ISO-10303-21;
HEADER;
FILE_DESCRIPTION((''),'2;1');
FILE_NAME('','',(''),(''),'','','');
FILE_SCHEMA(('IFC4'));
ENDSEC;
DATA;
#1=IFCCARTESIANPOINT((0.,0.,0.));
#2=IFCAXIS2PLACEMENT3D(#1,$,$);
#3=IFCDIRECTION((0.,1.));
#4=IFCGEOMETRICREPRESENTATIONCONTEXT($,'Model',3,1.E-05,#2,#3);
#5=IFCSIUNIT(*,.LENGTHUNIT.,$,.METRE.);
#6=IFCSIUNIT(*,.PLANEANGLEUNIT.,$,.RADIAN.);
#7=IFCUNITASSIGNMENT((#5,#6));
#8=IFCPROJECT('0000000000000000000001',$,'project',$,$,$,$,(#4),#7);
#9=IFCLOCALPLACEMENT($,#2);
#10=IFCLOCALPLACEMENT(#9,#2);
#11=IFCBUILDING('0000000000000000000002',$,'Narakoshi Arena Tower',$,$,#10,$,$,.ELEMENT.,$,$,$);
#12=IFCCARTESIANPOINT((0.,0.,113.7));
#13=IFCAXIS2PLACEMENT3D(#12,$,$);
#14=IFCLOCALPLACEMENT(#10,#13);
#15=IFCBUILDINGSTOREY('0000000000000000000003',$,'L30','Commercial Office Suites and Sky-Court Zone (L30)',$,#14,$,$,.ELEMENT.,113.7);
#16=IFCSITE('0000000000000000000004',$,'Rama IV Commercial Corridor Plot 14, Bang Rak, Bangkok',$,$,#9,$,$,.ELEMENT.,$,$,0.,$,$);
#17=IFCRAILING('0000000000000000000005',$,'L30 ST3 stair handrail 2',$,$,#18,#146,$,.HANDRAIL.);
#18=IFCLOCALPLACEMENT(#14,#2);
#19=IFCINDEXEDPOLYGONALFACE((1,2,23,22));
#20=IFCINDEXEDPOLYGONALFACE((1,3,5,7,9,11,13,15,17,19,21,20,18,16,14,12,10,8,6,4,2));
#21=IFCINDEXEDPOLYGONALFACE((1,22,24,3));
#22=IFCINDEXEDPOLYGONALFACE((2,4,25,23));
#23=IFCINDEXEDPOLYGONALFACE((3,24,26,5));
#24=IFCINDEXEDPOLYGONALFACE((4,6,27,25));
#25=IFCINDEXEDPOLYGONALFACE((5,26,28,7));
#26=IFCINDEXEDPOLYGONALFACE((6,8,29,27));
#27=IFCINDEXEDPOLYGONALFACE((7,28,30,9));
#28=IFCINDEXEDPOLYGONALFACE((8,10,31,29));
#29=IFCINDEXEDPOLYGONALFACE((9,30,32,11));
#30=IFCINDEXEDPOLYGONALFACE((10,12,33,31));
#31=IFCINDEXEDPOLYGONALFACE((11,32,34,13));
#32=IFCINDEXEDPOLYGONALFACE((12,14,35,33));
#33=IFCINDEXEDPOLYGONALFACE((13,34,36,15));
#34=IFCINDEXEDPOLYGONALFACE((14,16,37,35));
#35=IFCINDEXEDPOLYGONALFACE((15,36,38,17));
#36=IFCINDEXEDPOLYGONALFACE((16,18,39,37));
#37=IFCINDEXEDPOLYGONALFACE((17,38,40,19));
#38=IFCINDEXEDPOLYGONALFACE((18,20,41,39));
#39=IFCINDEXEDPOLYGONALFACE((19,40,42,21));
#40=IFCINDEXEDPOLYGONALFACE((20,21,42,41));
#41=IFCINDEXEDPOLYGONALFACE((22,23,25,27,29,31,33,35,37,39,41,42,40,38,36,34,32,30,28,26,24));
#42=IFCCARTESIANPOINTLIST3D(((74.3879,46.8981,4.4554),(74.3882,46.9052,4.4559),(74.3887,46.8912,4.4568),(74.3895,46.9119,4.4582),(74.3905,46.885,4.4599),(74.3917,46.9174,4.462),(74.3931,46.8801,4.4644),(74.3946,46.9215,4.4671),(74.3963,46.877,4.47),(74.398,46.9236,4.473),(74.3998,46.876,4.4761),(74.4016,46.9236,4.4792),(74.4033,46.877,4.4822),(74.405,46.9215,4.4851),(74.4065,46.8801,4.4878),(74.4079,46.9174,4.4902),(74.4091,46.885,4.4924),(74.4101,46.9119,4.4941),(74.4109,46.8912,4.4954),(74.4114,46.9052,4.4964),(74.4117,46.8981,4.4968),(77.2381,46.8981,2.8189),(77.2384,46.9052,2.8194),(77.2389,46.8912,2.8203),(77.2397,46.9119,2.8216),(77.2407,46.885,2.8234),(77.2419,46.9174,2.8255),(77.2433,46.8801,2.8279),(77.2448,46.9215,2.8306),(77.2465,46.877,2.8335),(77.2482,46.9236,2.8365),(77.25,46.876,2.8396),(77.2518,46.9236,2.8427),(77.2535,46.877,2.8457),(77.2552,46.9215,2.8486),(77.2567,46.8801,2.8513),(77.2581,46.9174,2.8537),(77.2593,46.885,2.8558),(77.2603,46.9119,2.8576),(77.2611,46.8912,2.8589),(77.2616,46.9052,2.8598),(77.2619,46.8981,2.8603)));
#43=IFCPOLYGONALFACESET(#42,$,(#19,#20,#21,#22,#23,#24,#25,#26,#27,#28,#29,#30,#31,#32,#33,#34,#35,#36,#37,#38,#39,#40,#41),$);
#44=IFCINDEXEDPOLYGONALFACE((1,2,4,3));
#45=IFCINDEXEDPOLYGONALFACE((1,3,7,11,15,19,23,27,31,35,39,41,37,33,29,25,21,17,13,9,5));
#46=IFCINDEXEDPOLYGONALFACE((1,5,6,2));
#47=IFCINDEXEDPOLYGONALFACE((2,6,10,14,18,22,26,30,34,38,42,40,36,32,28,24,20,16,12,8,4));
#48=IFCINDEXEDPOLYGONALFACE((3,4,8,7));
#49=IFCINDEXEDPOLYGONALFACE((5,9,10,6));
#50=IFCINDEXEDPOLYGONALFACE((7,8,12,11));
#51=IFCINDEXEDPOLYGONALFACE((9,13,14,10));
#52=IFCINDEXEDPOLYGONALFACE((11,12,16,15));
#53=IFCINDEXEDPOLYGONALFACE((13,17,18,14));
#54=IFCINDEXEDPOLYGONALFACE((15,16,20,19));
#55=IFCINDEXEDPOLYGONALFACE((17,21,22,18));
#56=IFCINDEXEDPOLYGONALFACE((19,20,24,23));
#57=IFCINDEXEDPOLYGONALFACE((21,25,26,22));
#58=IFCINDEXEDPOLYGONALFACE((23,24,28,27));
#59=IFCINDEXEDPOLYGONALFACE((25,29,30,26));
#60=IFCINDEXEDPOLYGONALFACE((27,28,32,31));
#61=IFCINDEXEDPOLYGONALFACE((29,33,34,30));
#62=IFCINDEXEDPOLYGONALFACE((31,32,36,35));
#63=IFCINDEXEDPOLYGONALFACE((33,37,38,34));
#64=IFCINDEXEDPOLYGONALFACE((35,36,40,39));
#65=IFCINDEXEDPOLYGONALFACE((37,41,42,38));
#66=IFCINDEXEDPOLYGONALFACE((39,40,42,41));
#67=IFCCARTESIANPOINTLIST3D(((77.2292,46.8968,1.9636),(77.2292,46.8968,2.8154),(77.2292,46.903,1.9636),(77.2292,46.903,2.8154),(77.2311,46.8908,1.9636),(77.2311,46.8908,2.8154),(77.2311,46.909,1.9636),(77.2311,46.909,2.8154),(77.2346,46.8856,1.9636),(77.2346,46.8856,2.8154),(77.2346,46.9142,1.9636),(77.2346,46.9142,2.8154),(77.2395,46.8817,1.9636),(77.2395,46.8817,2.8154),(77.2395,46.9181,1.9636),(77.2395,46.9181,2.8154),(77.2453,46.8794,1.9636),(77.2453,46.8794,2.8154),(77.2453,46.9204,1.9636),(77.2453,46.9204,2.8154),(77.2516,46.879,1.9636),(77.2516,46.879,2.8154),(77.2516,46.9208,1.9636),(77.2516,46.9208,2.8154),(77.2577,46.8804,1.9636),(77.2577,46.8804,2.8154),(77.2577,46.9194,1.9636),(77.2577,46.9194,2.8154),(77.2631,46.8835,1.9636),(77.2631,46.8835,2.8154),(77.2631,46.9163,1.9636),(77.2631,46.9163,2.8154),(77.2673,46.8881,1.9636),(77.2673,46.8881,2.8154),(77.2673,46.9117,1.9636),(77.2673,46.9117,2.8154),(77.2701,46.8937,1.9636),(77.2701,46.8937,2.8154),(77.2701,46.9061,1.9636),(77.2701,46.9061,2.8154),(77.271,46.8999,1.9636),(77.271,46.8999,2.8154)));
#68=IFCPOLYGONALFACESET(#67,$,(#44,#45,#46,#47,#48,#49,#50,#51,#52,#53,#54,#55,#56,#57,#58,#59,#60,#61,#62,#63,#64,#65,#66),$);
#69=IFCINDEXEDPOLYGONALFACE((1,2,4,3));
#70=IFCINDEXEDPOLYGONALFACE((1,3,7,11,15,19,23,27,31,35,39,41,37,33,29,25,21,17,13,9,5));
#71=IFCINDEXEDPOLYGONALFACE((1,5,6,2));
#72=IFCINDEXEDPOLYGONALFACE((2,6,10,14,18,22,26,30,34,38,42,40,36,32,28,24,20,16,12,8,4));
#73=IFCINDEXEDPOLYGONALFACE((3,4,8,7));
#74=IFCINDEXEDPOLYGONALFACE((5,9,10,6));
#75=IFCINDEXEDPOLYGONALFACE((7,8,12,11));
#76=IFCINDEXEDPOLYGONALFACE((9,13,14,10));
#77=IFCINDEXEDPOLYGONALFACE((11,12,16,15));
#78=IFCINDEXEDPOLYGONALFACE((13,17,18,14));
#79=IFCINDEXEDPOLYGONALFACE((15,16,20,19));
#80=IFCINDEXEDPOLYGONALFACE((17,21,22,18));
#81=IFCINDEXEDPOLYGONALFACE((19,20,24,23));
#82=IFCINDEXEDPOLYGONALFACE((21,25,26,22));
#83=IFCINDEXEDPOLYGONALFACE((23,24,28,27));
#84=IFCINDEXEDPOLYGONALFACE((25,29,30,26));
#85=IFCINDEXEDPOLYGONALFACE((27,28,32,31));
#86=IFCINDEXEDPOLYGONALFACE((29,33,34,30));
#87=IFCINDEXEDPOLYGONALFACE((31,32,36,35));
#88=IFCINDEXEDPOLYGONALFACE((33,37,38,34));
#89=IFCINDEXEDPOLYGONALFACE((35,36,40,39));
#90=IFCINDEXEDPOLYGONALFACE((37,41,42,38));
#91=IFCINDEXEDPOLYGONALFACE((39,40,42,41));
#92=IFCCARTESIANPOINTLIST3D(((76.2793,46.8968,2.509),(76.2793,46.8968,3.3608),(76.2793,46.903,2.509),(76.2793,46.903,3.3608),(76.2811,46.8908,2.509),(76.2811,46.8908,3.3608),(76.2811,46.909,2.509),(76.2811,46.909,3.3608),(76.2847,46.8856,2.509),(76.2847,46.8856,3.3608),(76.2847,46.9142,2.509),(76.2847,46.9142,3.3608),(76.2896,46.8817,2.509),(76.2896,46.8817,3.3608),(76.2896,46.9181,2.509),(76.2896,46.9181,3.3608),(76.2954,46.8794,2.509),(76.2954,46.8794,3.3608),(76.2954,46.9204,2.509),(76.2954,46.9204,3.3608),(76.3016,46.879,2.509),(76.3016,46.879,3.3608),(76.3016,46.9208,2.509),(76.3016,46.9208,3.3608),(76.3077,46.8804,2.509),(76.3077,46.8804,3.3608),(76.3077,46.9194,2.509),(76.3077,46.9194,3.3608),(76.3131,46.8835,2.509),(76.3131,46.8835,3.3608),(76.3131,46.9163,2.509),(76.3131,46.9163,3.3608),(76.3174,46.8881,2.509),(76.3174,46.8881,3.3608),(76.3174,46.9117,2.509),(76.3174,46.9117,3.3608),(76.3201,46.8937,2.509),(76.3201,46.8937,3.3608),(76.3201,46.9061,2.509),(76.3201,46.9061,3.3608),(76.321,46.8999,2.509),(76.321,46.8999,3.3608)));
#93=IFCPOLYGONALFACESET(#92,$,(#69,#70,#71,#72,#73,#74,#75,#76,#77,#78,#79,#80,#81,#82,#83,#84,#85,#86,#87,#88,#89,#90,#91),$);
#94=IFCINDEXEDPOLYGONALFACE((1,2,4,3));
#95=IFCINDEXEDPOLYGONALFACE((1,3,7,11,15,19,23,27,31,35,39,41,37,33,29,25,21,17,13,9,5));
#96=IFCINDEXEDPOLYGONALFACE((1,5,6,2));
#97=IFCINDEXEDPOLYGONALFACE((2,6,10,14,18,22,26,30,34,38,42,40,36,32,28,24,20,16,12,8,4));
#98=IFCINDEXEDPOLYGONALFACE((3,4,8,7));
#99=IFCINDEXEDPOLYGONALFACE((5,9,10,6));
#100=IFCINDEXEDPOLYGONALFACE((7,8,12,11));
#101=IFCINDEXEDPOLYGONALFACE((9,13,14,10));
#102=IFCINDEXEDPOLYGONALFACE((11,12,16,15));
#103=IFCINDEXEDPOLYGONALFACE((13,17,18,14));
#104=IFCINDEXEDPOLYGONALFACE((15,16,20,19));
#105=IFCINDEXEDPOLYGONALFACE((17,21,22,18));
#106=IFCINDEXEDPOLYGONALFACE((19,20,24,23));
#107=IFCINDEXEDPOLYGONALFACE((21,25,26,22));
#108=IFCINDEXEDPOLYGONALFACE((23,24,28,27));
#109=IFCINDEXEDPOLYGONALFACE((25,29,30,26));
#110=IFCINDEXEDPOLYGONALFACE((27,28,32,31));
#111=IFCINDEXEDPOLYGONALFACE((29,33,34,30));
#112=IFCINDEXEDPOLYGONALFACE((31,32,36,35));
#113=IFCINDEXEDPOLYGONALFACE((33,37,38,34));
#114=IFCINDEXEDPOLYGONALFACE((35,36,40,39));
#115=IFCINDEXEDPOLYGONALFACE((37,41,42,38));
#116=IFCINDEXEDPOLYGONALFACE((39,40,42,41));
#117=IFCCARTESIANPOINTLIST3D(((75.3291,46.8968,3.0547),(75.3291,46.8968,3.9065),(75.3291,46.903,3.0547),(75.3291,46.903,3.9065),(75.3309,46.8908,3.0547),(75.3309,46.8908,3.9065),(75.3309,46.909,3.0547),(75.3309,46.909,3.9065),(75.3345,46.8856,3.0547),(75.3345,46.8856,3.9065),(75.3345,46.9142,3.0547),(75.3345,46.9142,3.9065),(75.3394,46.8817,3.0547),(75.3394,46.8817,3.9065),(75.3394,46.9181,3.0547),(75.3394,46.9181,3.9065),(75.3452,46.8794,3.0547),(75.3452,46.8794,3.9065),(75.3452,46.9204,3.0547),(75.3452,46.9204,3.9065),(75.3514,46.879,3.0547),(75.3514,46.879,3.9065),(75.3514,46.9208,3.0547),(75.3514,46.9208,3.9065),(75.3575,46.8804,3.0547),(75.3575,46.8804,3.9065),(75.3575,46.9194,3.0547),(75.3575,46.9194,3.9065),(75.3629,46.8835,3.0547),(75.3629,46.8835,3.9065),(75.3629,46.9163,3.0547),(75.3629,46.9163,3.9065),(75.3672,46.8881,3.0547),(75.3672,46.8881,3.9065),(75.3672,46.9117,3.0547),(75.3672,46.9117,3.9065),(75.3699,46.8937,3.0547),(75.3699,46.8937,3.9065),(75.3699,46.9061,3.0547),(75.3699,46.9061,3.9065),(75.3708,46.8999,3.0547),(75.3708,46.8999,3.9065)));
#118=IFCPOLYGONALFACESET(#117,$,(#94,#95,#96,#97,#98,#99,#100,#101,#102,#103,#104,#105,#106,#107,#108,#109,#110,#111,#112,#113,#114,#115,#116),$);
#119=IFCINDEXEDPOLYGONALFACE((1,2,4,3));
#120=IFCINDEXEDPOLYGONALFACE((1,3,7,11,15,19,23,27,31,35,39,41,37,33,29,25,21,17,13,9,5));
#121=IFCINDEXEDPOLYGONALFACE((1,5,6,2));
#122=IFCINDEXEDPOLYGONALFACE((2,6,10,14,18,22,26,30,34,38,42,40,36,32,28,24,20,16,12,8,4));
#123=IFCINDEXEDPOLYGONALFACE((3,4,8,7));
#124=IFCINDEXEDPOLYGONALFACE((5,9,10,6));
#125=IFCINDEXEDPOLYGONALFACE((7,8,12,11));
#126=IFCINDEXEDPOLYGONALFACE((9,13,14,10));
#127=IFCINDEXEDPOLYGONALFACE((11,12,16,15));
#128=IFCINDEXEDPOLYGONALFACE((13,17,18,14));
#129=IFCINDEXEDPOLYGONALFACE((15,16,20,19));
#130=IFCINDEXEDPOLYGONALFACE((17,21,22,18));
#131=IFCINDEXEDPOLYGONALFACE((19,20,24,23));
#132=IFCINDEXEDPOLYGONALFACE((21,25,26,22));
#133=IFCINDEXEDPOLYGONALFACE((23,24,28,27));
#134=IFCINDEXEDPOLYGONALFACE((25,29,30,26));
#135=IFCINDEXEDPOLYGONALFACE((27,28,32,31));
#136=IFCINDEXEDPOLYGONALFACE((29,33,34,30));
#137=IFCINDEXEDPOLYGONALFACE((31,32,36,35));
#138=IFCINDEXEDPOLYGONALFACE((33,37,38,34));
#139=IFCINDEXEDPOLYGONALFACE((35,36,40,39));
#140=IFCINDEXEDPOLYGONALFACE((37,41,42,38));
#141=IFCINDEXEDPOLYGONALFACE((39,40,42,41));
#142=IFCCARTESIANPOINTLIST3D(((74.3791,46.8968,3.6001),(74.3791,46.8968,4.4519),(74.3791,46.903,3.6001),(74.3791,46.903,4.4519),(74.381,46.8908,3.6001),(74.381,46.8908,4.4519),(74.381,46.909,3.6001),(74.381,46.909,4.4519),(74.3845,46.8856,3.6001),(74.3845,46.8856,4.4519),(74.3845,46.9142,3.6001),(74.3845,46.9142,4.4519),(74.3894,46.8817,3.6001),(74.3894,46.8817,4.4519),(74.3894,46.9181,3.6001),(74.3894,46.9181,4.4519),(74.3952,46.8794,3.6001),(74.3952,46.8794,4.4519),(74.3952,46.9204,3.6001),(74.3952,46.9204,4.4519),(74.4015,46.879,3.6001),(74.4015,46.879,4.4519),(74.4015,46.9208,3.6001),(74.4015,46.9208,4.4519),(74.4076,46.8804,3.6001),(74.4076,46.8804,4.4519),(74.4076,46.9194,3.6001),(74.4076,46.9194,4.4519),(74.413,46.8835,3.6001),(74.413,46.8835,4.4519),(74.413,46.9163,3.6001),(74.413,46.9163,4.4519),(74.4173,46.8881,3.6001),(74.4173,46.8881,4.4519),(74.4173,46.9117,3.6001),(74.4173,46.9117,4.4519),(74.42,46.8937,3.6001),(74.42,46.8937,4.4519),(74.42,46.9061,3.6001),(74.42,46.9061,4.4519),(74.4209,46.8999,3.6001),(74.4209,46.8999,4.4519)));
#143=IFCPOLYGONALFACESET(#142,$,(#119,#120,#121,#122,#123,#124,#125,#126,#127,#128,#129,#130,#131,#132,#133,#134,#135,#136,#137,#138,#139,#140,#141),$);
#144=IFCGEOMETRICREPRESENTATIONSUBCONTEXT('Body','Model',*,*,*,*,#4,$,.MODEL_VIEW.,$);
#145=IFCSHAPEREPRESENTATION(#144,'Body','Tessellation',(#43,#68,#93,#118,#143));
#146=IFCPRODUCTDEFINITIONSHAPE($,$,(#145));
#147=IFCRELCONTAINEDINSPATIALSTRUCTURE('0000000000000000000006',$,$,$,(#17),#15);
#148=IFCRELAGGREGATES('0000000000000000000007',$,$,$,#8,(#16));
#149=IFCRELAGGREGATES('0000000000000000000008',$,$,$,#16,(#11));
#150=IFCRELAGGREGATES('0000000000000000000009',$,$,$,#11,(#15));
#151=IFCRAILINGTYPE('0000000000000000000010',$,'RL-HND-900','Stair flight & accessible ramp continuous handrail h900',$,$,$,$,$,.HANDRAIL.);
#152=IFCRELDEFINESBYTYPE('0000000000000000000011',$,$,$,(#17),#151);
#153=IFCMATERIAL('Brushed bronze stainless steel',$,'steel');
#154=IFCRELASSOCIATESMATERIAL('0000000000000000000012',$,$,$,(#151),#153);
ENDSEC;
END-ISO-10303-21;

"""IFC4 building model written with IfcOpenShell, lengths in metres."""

from ifc_helpers import new_model, si_unit, direction, frame, origin, origin_2d, place, context, subcontext, project, spatial, circle, extrude, material, type_object, element, save


model = new_model("IFC4")

# Units and contexts
model_context = context("Model", 3, precision=1e-05, world=origin(), true_north=direction((0.0, 1.0)))
body_context = subcontext(model_context, "Body", "Model", "MODEL_VIEW")
ifc_project = project(units=[si_unit("LENGTHUNIT", "METRE"), si_unit("PLANEANGLEUNIT", "RADIAN")], contexts=[model_context])

# Site, building, storey
site_placement = place(None, origin())
site = spatial("IfcSite", under=ifc_project, at=site_placement, Name="Rama IV Commercial Corridor Plot 14, Bang Rak, Bangkok", CompositionType="ELEMENT", RefElevation=0.0)
building_placement = place(site_placement, origin())
building = spatial("IfcBuilding", under=site, at=building_placement, Name="Narakoshi Arena Tower", CompositionType="ELEMENT")
storey_placement = place(building_placement, frame((0.0, 0.0, 113.7)))
storey = spatial("IfcBuildingStorey", under=building, at=storey_placement, Name="L30", Description="Commercial Office Suites and Sky-Court Zone (L30)", CompositionType="ELEMENT", Elevation=113.7)

# Shared definitions
ifc_material_1 = material(Name="Brushed bronze stainless steel", Category="steel")

# Railing
railing_type = type_object("IfcRailingType", Name="RL-HND-900", Description="Stair flight & accessible ramp continuous handrail h900", PredefinedType="HANDRAIL", material=ifc_material_1)
railing_placement = place(storey_placement, frame((77.25, 46.8999, 1.9636)))
element("IfcRailing", 1, at=railing_placement, inside=storey, type_object=railing_type, Name="L30 ST3 stair handrail 2", PredefinedType="HANDRAIL", context=body_context, shape_type="SweptSolid", body=[
    extrude(circle(Radius=0.0239, at=origin_2d()), frame((0.0, 0.0, 0.876), z_axis=(-0.867213, 0.0, 0.497938), x_axis=(0.0, -1.0, 0.0)), (0.0, 0.0, 1.0), 3.2866),
    extrude(circle(Radius=0.021, at=origin_2d()), origin(), (0.0, 0.0, 1.0), 0.8518),
    extrude(circle(Radius=0.021, at=origin_2d()), frame((-0.95, 0.0, 0.5454)), (0.0, 0.0, 1.0), 0.8518),
    extrude(circle(Radius=0.021, at=origin_2d()), frame((-1.9001, 0.0, 1.0911)), (0.0, 0.0, 1.0), 0.8518),
    extrude(circle(Radius=0.021, at=origin_2d()), frame((-2.8501, 0.0, 1.6365)), (0.0, 0.0, 1.0), 0.8518),
])

save(model, "model.ifc")
